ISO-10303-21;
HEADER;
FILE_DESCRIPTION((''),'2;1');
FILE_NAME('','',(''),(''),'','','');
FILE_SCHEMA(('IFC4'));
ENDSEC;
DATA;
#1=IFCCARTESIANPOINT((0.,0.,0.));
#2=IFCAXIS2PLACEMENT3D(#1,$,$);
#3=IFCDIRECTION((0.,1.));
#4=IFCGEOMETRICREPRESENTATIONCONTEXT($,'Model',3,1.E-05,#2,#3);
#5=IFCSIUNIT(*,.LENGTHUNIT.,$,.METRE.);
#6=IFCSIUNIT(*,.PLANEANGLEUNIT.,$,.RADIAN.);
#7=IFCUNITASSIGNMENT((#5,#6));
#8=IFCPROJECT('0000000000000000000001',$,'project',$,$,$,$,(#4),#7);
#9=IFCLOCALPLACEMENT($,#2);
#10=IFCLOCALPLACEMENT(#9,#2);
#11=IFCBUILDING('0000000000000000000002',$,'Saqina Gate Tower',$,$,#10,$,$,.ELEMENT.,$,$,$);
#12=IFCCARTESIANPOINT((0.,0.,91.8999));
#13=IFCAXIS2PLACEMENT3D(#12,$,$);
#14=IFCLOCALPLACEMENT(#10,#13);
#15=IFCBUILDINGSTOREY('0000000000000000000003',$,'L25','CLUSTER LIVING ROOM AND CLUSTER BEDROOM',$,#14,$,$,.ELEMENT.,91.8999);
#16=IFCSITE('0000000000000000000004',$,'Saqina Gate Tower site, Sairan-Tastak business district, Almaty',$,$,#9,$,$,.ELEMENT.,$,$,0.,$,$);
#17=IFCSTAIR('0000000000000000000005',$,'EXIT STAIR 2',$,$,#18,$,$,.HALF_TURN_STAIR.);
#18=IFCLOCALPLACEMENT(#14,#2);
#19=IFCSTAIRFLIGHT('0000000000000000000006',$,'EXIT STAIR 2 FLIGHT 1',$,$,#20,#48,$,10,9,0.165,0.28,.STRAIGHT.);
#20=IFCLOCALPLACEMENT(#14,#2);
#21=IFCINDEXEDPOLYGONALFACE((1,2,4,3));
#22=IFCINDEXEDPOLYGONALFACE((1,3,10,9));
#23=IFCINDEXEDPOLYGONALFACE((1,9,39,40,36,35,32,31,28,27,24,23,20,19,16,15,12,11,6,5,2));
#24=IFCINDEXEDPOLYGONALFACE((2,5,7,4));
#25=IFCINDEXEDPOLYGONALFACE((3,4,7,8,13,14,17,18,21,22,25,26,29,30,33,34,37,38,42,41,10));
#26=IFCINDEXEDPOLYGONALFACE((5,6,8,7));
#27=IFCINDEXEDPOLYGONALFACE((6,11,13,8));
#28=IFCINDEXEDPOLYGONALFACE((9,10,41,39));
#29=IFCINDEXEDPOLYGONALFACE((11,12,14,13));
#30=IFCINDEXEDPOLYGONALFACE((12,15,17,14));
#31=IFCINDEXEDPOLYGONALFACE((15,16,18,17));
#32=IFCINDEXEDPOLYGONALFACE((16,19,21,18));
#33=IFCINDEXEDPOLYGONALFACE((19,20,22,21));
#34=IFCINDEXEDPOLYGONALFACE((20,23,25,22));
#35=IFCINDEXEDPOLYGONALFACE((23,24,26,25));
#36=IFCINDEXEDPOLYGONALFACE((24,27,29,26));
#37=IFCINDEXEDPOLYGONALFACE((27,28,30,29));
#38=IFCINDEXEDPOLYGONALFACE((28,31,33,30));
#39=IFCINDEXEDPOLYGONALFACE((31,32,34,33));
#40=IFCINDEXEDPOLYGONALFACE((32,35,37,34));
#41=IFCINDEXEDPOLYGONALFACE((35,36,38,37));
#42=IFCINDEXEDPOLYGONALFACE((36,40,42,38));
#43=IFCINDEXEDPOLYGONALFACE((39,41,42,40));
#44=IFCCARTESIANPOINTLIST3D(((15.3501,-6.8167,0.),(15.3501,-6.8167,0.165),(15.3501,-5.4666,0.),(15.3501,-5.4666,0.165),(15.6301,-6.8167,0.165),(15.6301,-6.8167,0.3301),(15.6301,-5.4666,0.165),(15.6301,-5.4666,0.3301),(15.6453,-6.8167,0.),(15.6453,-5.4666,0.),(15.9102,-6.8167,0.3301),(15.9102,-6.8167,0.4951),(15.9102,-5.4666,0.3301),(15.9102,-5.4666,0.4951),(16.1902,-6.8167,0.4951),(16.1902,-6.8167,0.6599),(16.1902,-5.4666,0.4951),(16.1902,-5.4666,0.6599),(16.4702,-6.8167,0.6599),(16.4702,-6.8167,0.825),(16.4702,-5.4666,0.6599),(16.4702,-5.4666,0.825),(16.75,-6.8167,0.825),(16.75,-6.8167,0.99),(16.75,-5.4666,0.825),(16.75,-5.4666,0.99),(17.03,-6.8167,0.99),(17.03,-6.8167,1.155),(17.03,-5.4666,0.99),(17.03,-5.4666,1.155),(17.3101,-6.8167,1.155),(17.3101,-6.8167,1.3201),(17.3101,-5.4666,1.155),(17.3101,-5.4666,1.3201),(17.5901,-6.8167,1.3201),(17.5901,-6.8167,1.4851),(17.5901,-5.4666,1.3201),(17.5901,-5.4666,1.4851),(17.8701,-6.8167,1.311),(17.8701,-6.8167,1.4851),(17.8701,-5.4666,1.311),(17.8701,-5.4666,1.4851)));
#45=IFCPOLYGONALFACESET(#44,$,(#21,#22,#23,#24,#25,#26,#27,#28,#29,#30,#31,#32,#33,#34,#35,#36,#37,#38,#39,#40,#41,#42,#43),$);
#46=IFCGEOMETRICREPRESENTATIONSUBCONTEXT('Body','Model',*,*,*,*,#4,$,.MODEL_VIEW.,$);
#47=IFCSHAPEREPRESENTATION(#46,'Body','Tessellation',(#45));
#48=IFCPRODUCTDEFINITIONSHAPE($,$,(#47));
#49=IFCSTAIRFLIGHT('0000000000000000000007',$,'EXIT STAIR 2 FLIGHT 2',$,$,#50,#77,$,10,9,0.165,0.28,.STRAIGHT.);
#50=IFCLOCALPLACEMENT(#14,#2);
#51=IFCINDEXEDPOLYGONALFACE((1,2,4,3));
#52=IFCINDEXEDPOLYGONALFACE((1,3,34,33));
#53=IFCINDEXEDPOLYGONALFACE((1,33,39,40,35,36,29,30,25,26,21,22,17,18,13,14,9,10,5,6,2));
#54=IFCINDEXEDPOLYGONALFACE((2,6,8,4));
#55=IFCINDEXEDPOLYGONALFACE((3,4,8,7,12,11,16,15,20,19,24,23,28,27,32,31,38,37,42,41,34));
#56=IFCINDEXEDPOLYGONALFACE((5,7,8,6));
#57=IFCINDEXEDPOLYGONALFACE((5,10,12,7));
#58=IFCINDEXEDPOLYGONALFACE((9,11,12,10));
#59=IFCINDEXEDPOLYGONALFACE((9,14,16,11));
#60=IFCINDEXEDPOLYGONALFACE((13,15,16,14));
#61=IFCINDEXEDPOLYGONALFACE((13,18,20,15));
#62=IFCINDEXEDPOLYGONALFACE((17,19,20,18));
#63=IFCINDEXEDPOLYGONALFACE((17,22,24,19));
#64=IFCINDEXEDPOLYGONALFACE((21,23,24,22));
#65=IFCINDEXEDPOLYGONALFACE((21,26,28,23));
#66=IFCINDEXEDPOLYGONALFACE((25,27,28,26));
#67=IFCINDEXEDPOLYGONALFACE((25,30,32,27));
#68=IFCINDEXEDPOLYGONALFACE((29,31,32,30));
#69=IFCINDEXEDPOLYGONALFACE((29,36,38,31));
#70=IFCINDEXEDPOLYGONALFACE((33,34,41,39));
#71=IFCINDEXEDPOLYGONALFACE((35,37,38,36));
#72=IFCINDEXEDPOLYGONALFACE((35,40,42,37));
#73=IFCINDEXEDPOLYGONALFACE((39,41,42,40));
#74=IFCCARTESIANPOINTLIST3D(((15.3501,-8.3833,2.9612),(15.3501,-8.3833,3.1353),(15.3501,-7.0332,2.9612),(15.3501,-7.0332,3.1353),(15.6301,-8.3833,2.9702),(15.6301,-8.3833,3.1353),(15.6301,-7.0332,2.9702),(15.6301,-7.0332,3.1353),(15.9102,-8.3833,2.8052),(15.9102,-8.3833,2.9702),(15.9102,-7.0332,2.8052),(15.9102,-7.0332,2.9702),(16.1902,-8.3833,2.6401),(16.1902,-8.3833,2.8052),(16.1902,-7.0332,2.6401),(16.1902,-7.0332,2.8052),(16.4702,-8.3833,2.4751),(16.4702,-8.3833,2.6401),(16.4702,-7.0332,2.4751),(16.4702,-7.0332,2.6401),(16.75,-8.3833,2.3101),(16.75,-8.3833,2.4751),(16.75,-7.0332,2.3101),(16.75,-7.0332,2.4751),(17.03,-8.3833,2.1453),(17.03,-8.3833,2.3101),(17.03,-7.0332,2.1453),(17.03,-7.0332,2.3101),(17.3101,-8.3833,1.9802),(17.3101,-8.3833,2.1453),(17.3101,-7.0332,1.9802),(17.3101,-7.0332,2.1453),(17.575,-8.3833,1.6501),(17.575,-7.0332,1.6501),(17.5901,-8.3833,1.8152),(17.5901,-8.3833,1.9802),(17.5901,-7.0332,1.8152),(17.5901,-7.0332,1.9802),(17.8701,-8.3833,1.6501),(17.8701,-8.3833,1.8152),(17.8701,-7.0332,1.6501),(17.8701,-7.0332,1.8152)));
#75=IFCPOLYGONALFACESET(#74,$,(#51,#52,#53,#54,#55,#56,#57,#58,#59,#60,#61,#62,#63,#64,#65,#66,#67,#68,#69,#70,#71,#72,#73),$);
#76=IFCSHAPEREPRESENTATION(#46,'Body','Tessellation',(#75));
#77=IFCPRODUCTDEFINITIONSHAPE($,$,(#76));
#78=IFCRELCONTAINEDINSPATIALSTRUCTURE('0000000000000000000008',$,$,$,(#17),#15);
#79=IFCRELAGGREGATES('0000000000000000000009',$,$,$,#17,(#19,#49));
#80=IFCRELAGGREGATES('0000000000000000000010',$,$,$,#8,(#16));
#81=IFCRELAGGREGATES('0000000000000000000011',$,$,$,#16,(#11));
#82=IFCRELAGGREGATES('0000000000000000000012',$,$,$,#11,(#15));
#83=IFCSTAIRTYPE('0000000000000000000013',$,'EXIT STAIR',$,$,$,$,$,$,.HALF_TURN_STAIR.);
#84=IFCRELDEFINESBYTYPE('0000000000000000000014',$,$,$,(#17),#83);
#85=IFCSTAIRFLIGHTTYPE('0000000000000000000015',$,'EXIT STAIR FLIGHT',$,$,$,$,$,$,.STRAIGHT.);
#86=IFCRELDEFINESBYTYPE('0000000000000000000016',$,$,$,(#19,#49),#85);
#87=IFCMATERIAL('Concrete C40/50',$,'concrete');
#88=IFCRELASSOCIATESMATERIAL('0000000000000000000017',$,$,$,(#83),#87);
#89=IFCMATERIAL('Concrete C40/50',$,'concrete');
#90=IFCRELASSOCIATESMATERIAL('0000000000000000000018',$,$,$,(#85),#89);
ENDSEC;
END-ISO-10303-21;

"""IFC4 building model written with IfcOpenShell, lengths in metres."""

from ifc_helpers import new_model, si_unit, direction, frame, origin, place, context, subcontext, project, spatial, polyline, outline, extrude, material, type_object, element, aggregate, save


model = new_model("IFC4")

# Units and contexts
model_context = context("Model", 3, precision=1e-05, world=origin(), true_north=direction((0.0, 1.0)))
body_context = subcontext(model_context, "Body", "Model", "MODEL_VIEW")
ifc_project = project(units=[si_unit("LENGTHUNIT", "METRE"), si_unit("PLANEANGLEUNIT", "RADIAN")], contexts=[model_context])

# Site, building, storey
site_placement = place(None, origin())
site = spatial("IfcSite", under=ifc_project, at=site_placement, Name="Saqina Gate Tower site, Sairan-Tastak business district, Almaty", CompositionType="ELEMENT", RefElevation=0.0)
building_placement = place(site_placement, origin())
building = spatial("IfcBuilding", under=site, at=building_placement, Name="Saqina Gate Tower", CompositionType="ELEMENT")
storey_placement = place(building_placement, frame((0.0, 0.0, 91.8999)))
storey = spatial("IfcBuildingStorey", under=building, at=storey_placement, Name="L25", Description="CLUSTER LIVING ROOM AND CLUSTER BEDROOM", CompositionType="ELEMENT", Elevation=91.8999)

# Stair, stair flights
ifc_material_1 = material(Name="Concrete C40/50", Category="concrete")
stair_type = type_object("IfcStairType", Name="EXIT STAIR", PredefinedType="HALF_TURN_STAIR", material=ifc_material_1)
stair_placement = place(storey_placement, origin())
stair = element("IfcStair", 1, at=stair_placement, inside=storey, type_object=stair_type, Name="EXIT STAIR 2", PredefinedType="HALF_TURN_STAIR")
ifc_material_2 = material(Name="Concrete C40/50", Category="concrete")
stair_flight_type = type_object("IfcStairFlightType", Name="EXIT STAIR FLIGHT", PredefinedType="STRAIGHT", material=ifc_material_2)
stair_flight_1_placement = place(storey_placement, frame((15.3501, -6.1416, 0.0), z_axis=(0.0, 0.0, 1.0), x_axis=(1.0, 0.0, 0.0)))
stair_flight_1 = element("IfcStairFlight", 2, at=stair_flight_1_placement, type_object=stair_flight_type, Name="EXIT STAIR 2 FLIGHT 1", NumberOfRisers=10, NumberOfTreads=9, PredefinedType="STRAIGHT", RiserHeight=0.165, TreadLength=0.28, context=body_context, shape_type="SweptSolid", body=[
    extrude(outline(polyline([(0.0, 0.0), (0.0, 0.165), (0.28, 0.165), (0.28, 0.3301), (0.5601, 0.3301), (0.5601, 0.4951), (0.8401, 0.4951), (0.8401, 0.6599), (1.1201, 0.6599), (1.1201, 0.825), (1.3999, 0.825), (1.3999, 0.99), (1.6799, 0.99), (1.6799, 1.155), (1.96, 1.155), (1.96, 1.3201), (2.24, 1.3201), (2.24, 1.4851), (2.52, 1.4851), (2.52, 1.6499), (2.52, 1.311), (0.2952, 0.0), (0.0, 0.0)])), frame((0.0, 0.675, 0.0), z_axis=(0.0, -1.0, 0.0), x_axis=(1.0, 0.0, 0.0)), (0.0, 0.0, 1.0), 1.3501),
])
stair_flight_2_placement = place(storey_placement, frame((17.8701, -7.7083, 1.6501), z_axis=(0.0, 0.0, 1.0), x_axis=(-1.0, 0.0, 0.0)))
stair_flight_2 = element("IfcStairFlight", 3, at=stair_flight_2_placement, type_object=stair_flight_type, Name="EXIT STAIR 2 FLIGHT 2", NumberOfRisers=10, NumberOfTreads=9, PredefinedType="STRAIGHT", RiserHeight=0.165, TreadLength=0.28, context=body_context, shape_type="SweptSolid", body=[
    extrude(outline(polyline([(0.0, 0.0), (0.0, 0.165), (0.28, 0.165), (0.28, 0.3301), (0.5601, 0.3301), (0.5601, 0.4951), (0.8401, 0.4951), (0.8401, 0.6599), (1.1201, 0.6599), (1.1201, 0.825), (1.3999, 0.825), (1.3999, 0.99), (1.6799, 0.99), (1.6799, 1.155), (1.96, 1.155), (1.96, 1.3201), (2.24, 1.3201), (2.24, 1.4851), (2.52, 1.4851), (2.52, 1.6499), (2.52, 1.311), (0.2952, 0.0), (0.0, 0.0)])), frame((0.0, 0.675, 0.0), z_axis=(0.0, -1.0, 0.0), x_axis=(1.0, 0.0, 0.0)), (0.0, 0.0, 1.0), 1.3501),
])
aggregate(stair, [stair_flight_1, stair_flight_2])

save(model, "model.ifc")
